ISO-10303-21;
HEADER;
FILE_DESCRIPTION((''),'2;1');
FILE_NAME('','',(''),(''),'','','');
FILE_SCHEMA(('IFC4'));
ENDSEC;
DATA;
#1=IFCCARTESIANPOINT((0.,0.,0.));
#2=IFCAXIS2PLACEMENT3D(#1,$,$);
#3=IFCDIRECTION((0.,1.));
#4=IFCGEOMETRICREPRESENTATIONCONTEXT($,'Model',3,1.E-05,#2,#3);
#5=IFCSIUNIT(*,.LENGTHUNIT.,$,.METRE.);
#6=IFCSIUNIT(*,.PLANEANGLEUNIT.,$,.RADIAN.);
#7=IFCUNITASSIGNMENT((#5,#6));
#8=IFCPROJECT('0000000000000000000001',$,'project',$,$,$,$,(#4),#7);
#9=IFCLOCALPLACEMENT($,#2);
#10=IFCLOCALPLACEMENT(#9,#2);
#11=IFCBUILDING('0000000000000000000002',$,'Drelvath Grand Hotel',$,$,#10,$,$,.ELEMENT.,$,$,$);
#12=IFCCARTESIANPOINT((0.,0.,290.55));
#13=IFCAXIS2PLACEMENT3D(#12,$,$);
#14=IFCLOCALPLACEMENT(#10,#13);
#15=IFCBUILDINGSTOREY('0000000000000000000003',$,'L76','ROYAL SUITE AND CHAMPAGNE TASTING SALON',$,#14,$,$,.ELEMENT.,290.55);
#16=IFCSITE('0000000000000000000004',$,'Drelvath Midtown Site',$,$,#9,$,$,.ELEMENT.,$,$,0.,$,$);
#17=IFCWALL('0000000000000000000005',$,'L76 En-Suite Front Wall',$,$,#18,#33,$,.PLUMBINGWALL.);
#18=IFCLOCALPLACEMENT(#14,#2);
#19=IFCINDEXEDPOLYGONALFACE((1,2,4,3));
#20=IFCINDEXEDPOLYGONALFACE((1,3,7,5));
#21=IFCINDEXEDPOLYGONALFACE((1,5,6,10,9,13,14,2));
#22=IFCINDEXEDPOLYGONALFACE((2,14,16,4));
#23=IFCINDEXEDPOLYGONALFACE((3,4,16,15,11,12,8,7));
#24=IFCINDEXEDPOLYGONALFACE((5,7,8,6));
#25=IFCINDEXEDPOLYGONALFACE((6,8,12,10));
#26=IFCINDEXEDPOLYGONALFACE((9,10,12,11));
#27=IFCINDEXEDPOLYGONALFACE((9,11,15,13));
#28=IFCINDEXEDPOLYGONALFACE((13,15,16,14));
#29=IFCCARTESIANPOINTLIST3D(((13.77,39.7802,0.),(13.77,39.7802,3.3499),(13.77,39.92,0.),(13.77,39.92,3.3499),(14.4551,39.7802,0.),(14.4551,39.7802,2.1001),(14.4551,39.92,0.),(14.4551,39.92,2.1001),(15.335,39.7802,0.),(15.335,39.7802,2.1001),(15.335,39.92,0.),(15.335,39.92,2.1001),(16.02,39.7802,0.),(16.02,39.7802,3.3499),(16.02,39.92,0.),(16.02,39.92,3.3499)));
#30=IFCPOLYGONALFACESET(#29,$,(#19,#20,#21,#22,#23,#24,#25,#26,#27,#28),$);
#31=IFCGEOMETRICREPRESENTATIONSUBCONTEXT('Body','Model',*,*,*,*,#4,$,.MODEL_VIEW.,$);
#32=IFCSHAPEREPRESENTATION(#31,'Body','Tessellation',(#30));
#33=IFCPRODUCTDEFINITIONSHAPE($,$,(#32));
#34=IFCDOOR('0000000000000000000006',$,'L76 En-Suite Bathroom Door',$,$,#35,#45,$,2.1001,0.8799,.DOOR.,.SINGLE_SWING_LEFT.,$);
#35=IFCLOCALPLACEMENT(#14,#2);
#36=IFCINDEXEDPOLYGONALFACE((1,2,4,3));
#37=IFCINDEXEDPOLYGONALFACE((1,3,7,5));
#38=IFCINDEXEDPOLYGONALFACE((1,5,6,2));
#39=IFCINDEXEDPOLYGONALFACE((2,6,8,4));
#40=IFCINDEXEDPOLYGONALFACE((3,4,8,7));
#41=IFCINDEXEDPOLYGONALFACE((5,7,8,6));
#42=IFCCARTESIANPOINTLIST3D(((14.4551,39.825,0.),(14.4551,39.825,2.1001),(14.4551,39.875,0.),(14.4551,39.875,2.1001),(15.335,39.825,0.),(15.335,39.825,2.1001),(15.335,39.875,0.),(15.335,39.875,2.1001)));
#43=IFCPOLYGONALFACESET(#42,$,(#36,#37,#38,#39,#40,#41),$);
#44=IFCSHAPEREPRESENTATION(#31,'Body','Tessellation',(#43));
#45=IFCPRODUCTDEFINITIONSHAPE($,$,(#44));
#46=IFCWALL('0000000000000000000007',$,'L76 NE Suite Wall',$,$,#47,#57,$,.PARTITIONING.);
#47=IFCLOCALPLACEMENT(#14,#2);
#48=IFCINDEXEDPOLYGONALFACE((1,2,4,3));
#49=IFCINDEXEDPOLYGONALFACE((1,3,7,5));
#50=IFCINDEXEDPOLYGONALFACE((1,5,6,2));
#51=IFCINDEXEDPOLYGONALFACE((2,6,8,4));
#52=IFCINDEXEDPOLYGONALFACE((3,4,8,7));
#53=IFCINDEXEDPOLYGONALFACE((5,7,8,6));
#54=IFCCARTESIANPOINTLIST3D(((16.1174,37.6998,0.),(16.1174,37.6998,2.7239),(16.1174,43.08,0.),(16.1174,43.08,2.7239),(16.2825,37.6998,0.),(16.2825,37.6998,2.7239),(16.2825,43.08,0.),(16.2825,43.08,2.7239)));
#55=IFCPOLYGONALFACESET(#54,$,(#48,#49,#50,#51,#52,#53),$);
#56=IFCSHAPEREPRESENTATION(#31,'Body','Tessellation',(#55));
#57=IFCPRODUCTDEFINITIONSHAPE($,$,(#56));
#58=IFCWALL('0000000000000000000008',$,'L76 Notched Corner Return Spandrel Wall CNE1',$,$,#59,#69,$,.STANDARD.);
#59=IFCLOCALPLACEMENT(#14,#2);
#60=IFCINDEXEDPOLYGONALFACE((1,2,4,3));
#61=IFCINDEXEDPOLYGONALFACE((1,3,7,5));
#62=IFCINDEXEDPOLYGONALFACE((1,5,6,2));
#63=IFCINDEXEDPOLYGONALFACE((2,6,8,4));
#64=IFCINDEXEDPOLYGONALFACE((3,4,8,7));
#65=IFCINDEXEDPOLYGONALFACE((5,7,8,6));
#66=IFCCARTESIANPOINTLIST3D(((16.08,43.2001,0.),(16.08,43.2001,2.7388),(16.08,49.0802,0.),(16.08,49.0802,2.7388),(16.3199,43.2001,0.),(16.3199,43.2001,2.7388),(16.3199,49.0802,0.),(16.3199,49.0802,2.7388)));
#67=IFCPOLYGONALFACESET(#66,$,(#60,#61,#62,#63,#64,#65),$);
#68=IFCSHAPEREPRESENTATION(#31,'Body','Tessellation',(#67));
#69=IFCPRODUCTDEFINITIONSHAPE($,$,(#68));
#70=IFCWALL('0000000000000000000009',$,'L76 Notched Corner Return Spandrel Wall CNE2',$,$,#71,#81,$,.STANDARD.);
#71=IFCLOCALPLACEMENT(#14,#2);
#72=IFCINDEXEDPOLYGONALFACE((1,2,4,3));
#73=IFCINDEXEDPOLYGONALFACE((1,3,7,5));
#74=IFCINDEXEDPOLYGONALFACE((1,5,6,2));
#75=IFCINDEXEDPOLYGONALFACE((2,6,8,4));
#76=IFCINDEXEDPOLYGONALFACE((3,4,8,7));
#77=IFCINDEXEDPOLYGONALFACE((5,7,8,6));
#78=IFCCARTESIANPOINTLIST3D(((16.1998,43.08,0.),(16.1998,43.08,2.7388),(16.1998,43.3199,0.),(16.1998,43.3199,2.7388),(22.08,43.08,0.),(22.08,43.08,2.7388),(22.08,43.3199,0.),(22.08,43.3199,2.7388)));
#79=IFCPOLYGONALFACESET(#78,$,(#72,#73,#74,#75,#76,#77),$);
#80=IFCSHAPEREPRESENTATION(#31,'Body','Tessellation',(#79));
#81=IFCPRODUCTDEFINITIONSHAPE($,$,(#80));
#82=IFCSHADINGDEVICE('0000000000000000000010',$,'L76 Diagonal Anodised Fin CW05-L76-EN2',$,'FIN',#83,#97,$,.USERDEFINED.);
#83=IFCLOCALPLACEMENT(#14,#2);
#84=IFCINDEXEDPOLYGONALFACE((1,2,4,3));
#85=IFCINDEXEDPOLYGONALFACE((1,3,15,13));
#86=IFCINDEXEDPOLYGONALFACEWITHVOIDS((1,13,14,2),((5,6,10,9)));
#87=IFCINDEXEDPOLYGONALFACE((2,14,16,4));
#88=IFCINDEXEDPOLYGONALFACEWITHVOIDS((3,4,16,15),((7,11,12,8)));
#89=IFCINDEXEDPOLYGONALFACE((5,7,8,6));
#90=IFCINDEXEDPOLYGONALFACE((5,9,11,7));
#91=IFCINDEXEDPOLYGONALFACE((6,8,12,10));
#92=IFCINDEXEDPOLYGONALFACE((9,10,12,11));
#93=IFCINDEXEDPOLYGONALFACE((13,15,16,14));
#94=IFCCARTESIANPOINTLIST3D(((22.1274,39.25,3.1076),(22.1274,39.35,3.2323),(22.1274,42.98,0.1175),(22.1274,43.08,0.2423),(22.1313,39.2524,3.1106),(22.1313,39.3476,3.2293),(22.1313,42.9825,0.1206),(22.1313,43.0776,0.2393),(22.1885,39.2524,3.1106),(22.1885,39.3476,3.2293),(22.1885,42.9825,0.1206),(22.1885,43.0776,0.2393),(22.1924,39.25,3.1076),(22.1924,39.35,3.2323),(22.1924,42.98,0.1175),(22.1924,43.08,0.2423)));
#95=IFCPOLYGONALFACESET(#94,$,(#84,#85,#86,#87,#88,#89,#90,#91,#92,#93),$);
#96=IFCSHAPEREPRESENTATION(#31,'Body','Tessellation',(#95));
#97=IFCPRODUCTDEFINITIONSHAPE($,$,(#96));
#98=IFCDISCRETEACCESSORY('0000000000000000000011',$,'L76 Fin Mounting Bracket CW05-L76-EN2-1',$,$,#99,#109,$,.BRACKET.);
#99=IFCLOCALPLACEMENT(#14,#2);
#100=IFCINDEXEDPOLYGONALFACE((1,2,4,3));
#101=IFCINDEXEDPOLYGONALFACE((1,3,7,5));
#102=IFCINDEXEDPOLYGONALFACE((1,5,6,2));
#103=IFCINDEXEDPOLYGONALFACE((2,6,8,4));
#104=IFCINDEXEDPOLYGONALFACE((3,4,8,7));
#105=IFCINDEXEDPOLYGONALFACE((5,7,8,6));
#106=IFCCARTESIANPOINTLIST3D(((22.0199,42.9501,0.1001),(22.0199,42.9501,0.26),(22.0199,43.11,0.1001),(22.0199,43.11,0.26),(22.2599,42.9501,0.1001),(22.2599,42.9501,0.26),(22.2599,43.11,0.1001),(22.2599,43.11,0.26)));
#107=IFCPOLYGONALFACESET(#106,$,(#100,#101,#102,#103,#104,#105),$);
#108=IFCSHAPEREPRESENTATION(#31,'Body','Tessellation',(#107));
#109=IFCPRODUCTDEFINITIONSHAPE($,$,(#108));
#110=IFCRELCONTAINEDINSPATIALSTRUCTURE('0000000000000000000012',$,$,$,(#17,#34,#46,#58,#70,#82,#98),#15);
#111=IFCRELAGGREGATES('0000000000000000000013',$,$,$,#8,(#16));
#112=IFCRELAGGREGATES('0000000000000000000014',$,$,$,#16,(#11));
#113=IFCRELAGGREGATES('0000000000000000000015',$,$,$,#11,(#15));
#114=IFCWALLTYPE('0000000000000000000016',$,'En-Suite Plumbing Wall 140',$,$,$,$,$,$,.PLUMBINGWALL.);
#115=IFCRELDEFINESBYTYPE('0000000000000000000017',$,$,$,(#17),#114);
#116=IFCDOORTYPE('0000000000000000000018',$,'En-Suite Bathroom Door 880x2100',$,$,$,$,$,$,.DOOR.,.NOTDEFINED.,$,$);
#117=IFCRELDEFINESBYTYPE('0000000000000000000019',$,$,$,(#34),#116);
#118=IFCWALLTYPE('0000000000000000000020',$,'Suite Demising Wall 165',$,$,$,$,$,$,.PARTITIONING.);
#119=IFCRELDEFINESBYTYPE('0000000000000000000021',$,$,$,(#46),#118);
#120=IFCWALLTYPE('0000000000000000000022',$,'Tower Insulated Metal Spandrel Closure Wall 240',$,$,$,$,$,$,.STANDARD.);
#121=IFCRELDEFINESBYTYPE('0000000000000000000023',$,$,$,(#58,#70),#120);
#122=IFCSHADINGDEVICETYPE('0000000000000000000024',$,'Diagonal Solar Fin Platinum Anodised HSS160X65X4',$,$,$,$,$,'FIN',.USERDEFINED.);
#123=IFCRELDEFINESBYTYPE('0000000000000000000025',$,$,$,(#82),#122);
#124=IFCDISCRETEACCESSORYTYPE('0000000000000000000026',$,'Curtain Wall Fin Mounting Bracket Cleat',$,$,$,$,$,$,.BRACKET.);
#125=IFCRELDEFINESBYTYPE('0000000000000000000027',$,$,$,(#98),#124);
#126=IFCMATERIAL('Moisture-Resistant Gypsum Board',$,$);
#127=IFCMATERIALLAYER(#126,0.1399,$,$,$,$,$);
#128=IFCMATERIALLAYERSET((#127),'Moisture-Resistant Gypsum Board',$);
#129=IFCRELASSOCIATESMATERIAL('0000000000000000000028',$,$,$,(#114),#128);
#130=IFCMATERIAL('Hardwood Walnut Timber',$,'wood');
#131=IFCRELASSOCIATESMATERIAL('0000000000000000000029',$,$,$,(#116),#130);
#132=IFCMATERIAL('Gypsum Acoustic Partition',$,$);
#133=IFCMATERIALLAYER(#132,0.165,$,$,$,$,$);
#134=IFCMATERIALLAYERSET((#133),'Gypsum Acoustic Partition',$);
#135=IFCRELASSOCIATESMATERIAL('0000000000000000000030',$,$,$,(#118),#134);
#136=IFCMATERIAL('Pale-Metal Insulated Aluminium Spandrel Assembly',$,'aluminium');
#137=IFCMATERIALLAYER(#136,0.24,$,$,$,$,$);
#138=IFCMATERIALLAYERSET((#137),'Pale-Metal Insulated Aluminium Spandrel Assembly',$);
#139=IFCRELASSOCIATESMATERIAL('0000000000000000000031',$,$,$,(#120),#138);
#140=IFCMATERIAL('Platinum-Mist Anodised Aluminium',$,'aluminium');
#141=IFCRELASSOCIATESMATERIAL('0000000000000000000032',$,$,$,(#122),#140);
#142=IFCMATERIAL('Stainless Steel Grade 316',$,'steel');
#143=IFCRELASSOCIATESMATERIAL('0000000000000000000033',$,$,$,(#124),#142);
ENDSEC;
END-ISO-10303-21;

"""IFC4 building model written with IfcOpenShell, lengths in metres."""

from ifc_helpers import new_model, si_unit, direction, frame, frame_2d, origin, origin_2d, place, context, subcontext, project, spatial, rectangle, hollow_rectangle, extrude, material, layer, layer_set, material_profile, profile_set, type_object, element, fill, save


model = new_model("IFC4")

# Units and contexts
model_context = context("Model", 3, precision=1e-05, world=origin(), true_north=direction((0.0, 1.0)))
body_context = subcontext(model_context, "Body", "Model", "MODEL_VIEW")
ifc_project = project(units=[si_unit("LENGTHUNIT", "METRE"), si_unit("PLANEANGLEUNIT", "RADIAN")], contexts=[model_context])

# Site, building, storey
site_placement = place(None, origin())
site = spatial("IfcSite", under=ifc_project, at=site_placement, Name="Drelvath Midtown Site", CompositionType="ELEMENT", RefElevation=0.0)
building_placement = place(site_placement, origin())
building = spatial("IfcBuilding", under=site, at=building_placement, Name="Drelvath Grand Hotel", CompositionType="ELEMENT")
storey_placement = place(building_placement, frame((0.0, 0.0, 290.55)))
storey = spatial("IfcBuildingStorey", under=building, at=storey_placement, Name="L76", Description="ROYAL SUITE AND CHAMPAGNE TASTING SALON", CompositionType="ELEMENT", Elevation=290.55)

# Shared definitions
ifc_material_1 = material(Name="Moisture-Resistant Gypsum Board")
ifc_layer_1 = layer(ifc_material_1, 0.1399)
ifc_layer_set_1 = layer_set([ifc_layer_1], Name="Moisture-Resistant Gypsum Board")
wall_type_1 = type_object("IfcWallType", Name="En-Suite Plumbing Wall 140", PredefinedType="PLUMBINGWALL", material=ifc_layer_set_1)

# Shared definitions
ifc_material_2 = material(Name="Hardwood Walnut Timber", Category="wood")
door_type = type_object("IfcDoorType", Name="En-Suite Bathroom Door 880x2100", OperationType="NOTDEFINED", PredefinedType="DOOR", material=ifc_material_2)

# Wall, opening, door
wall_1_placement = place(storey_placement, frame((13.77, 39.8501, 0.0), z_axis=(0.0, 0.0, 1.0), x_axis=(1.0, 0.0, 0.0)))
wall_1 = element("IfcWall", 1, at=wall_1_placement, inside=storey, type_object=wall_type_1, Name="L76 En-Suite Front Wall", PredefinedType="PLUMBINGWALL", context=body_context, shape_type="SweptSolid", body=[
    extrude(rectangle(XDim=2.25, YDim=0.1399, at=frame_2d((1.125, 0.0))), origin(), (0.0, 0.0, 1.0), 3.3499),
])
opening_1_placement = place(wall_1_placement, frame((0.6851, 0.0, 0.0)))
opening_1 = element("IfcOpeningElement", 2, at=opening_1_placement, cuts=wall_1, PredefinedType="OPENING", context=body_context, shape_type="SweptSolid", body=[
    extrude(rectangle(XDim=0.8799, YDim=2.1001, at=frame_2d((0.4399, 1.05))), frame((0.0, 0.0798, 0.0), z_axis=(0.0, -1.0, 0.0), x_axis=(1.0, 0.0, 0.0)), (0.0, 0.0, 1.0), 0.1599),
])
door_1_placement = place(opening_1_placement, origin())
door_1 = element("IfcDoor", 3, at=door_1_placement, inside=storey, type_object=door_type, Name="L76 En-Suite Bathroom Door", OperationType="SINGLE_SWING_LEFT", OverallHeight=2.1001, OverallWidth=0.8799, PredefinedType="DOOR", context=body_context, shape_type="SweptSolid", body=[
    extrude(rectangle(XDim=0.8799, YDim=2.1001, at=frame_2d((0.4399, 1.05))), frame((0.0, 0.0249, 0.0), z_axis=(0.0, -1.0, 0.0), x_axis=(1.0, 0.0, 0.0)), (0.0, 0.0, 1.0), 0.05),
])
fill(opening_1, door_1)

# Walls
ifc_material_3 = material(Name="Gypsum Acoustic Partition")
ifc_layer_2 = layer(ifc_material_3, 0.165)
ifc_layer_set_2 = layer_set([ifc_layer_2], Name="Gypsum Acoustic Partition")
wall_type_2 = type_object("IfcWallType", Name="Suite Demising Wall 165", PredefinedType="PARTITIONING", material=ifc_layer_set_2)
wall_2_placement = place(storey_placement, frame((16.2, 37.7, 0.0), z_axis=(0.0, 0.0, 1.0), x_axis=(0.0, 1.0, 0.0)))
element("IfcWall", 4, at=wall_2_placement, inside=storey, type_object=wall_type_2, Name="L76 NE Suite Wall", PredefinedType="PARTITIONING", context=body_context, shape_type="SweptSolid", body=[
    extrude(rectangle(XDim=5.3801, YDim=0.165, at=frame_2d((2.6899, 0.0))), origin(), (0.0, 0.0, 1.0), 2.7239),
])
ifc_material_4 = material(Name="Pale-Metal Insulated Aluminium Spandrel Assembly", Category="aluminium")
ifc_layer_3 = layer(ifc_material_4, 0.24)
ifc_layer_set_3 = layer_set([ifc_layer_3], Name="Pale-Metal Insulated Aluminium Spandrel Assembly")
wall_type_3 = type_object("IfcWallType", Name="Tower Insulated Metal Spandrel Closure Wall 240", PredefinedType="STANDARD", material=ifc_layer_set_3)
for number, where, z_axis, x_axis, name in (
    (5, (16.2, 49.0801, 0.0), (0.0, 0.0, 1.0), (0.0, -1.0, 0.0), "L76 Notched Corner Return Spandrel Wall CNE1"),
    (6, (16.2, 43.2, 0.0), (0.0, 0.0, 1.0), (1.0, 0.0, 0.0), "L76 Notched Corner Return Spandrel Wall CNE2"),
):
    element("IfcWall", number, at=place(storey_placement, frame(where, z_axis=z_axis, x_axis=x_axis)), inside=storey, type_object=wall_type_3, Name=name, PredefinedType="STANDARD", context=body_context, shape_type="SweptSolid", body=[
        extrude(rectangle(XDim=5.8801, YDim=0.24, at=frame_2d((2.9399, 0.0))), origin(), (0.0, 0.0, 1.0), 2.7388),
    ])

# Shading device
ifc_material_5 = material(Name="Platinum-Mist Anodised Aluminium", Category="aluminium")
ifc_material_profile_1 = material_profile(ifc_material_5, hollow_rectangle(XDim=0.0649, YDim=0.1599, WallThickness=0.0039, at=origin_2d()), Name="HSS160X65X4")
ifc_profile_set_1 = profile_set([ifc_material_profile_1], Name="Platinum-Mist Anodised Aluminium")
shading_device_type = type_object("IfcShadingDeviceType", Name="Diagonal Solar Fin Platinum Anodised HSS160X65X4", ElementType="FIN", PredefinedType="USERDEFINED", material=ifc_profile_set_1)
shading_device_placement = place(storey_placement, frame((22.1599, 43.03, 0.1799), z_axis=(0.0, -0.780256, 0.625461), x_axis=(1.0, 0.0, 0.0)))
element("IfcShadingDevice", 7, at=shading_device_placement, inside=storey, type_object=shading_device_type, Name="L76 Diagonal Anodised Fin CW05-L76-EN2", ObjectType="FIN", PredefinedType="USERDEFINED", context=body_context, shape_type="SweptSolid", body=[
    extrude(hollow_rectangle(XDim=0.0649, YDim=0.1599, WallThickness=0.0039, at=origin_2d()), origin(), (0.0, 0.0, 1.0), 4.7805),
])

# Discrete accessory
ifc_material_6 = material(Name="Stainless Steel Grade 316", Category="steel")
discrete_accessory_type = type_object("IfcDiscreteAccessoryType", Name="Curtain Wall Fin Mounting Bracket Cleat", PredefinedType="BRACKET", material=ifc_material_6)
discrete_accessory_placement = place(storey_placement, frame((22.1399, 43.03, 0.1001), z_axis=(0.0, 0.0, 1.0), x_axis=(0.0, -1.0, 0.0)))
element("IfcDiscreteAccessory", 8, at=discrete_accessory_placement, inside=storey, type_object=discrete_accessory_type, Name="L76 Fin Mounting Bracket CW05-L76-EN2-1", PredefinedType="BRACKET", context=body_context, shape_type="SweptSolid", body=[
    extrude(rectangle(XDim=0.1599, YDim=0.24, at=origin_2d()), origin(), (0.0, 0.0, 1.0), 0.1599),
])

save(model, "model.ifc")
